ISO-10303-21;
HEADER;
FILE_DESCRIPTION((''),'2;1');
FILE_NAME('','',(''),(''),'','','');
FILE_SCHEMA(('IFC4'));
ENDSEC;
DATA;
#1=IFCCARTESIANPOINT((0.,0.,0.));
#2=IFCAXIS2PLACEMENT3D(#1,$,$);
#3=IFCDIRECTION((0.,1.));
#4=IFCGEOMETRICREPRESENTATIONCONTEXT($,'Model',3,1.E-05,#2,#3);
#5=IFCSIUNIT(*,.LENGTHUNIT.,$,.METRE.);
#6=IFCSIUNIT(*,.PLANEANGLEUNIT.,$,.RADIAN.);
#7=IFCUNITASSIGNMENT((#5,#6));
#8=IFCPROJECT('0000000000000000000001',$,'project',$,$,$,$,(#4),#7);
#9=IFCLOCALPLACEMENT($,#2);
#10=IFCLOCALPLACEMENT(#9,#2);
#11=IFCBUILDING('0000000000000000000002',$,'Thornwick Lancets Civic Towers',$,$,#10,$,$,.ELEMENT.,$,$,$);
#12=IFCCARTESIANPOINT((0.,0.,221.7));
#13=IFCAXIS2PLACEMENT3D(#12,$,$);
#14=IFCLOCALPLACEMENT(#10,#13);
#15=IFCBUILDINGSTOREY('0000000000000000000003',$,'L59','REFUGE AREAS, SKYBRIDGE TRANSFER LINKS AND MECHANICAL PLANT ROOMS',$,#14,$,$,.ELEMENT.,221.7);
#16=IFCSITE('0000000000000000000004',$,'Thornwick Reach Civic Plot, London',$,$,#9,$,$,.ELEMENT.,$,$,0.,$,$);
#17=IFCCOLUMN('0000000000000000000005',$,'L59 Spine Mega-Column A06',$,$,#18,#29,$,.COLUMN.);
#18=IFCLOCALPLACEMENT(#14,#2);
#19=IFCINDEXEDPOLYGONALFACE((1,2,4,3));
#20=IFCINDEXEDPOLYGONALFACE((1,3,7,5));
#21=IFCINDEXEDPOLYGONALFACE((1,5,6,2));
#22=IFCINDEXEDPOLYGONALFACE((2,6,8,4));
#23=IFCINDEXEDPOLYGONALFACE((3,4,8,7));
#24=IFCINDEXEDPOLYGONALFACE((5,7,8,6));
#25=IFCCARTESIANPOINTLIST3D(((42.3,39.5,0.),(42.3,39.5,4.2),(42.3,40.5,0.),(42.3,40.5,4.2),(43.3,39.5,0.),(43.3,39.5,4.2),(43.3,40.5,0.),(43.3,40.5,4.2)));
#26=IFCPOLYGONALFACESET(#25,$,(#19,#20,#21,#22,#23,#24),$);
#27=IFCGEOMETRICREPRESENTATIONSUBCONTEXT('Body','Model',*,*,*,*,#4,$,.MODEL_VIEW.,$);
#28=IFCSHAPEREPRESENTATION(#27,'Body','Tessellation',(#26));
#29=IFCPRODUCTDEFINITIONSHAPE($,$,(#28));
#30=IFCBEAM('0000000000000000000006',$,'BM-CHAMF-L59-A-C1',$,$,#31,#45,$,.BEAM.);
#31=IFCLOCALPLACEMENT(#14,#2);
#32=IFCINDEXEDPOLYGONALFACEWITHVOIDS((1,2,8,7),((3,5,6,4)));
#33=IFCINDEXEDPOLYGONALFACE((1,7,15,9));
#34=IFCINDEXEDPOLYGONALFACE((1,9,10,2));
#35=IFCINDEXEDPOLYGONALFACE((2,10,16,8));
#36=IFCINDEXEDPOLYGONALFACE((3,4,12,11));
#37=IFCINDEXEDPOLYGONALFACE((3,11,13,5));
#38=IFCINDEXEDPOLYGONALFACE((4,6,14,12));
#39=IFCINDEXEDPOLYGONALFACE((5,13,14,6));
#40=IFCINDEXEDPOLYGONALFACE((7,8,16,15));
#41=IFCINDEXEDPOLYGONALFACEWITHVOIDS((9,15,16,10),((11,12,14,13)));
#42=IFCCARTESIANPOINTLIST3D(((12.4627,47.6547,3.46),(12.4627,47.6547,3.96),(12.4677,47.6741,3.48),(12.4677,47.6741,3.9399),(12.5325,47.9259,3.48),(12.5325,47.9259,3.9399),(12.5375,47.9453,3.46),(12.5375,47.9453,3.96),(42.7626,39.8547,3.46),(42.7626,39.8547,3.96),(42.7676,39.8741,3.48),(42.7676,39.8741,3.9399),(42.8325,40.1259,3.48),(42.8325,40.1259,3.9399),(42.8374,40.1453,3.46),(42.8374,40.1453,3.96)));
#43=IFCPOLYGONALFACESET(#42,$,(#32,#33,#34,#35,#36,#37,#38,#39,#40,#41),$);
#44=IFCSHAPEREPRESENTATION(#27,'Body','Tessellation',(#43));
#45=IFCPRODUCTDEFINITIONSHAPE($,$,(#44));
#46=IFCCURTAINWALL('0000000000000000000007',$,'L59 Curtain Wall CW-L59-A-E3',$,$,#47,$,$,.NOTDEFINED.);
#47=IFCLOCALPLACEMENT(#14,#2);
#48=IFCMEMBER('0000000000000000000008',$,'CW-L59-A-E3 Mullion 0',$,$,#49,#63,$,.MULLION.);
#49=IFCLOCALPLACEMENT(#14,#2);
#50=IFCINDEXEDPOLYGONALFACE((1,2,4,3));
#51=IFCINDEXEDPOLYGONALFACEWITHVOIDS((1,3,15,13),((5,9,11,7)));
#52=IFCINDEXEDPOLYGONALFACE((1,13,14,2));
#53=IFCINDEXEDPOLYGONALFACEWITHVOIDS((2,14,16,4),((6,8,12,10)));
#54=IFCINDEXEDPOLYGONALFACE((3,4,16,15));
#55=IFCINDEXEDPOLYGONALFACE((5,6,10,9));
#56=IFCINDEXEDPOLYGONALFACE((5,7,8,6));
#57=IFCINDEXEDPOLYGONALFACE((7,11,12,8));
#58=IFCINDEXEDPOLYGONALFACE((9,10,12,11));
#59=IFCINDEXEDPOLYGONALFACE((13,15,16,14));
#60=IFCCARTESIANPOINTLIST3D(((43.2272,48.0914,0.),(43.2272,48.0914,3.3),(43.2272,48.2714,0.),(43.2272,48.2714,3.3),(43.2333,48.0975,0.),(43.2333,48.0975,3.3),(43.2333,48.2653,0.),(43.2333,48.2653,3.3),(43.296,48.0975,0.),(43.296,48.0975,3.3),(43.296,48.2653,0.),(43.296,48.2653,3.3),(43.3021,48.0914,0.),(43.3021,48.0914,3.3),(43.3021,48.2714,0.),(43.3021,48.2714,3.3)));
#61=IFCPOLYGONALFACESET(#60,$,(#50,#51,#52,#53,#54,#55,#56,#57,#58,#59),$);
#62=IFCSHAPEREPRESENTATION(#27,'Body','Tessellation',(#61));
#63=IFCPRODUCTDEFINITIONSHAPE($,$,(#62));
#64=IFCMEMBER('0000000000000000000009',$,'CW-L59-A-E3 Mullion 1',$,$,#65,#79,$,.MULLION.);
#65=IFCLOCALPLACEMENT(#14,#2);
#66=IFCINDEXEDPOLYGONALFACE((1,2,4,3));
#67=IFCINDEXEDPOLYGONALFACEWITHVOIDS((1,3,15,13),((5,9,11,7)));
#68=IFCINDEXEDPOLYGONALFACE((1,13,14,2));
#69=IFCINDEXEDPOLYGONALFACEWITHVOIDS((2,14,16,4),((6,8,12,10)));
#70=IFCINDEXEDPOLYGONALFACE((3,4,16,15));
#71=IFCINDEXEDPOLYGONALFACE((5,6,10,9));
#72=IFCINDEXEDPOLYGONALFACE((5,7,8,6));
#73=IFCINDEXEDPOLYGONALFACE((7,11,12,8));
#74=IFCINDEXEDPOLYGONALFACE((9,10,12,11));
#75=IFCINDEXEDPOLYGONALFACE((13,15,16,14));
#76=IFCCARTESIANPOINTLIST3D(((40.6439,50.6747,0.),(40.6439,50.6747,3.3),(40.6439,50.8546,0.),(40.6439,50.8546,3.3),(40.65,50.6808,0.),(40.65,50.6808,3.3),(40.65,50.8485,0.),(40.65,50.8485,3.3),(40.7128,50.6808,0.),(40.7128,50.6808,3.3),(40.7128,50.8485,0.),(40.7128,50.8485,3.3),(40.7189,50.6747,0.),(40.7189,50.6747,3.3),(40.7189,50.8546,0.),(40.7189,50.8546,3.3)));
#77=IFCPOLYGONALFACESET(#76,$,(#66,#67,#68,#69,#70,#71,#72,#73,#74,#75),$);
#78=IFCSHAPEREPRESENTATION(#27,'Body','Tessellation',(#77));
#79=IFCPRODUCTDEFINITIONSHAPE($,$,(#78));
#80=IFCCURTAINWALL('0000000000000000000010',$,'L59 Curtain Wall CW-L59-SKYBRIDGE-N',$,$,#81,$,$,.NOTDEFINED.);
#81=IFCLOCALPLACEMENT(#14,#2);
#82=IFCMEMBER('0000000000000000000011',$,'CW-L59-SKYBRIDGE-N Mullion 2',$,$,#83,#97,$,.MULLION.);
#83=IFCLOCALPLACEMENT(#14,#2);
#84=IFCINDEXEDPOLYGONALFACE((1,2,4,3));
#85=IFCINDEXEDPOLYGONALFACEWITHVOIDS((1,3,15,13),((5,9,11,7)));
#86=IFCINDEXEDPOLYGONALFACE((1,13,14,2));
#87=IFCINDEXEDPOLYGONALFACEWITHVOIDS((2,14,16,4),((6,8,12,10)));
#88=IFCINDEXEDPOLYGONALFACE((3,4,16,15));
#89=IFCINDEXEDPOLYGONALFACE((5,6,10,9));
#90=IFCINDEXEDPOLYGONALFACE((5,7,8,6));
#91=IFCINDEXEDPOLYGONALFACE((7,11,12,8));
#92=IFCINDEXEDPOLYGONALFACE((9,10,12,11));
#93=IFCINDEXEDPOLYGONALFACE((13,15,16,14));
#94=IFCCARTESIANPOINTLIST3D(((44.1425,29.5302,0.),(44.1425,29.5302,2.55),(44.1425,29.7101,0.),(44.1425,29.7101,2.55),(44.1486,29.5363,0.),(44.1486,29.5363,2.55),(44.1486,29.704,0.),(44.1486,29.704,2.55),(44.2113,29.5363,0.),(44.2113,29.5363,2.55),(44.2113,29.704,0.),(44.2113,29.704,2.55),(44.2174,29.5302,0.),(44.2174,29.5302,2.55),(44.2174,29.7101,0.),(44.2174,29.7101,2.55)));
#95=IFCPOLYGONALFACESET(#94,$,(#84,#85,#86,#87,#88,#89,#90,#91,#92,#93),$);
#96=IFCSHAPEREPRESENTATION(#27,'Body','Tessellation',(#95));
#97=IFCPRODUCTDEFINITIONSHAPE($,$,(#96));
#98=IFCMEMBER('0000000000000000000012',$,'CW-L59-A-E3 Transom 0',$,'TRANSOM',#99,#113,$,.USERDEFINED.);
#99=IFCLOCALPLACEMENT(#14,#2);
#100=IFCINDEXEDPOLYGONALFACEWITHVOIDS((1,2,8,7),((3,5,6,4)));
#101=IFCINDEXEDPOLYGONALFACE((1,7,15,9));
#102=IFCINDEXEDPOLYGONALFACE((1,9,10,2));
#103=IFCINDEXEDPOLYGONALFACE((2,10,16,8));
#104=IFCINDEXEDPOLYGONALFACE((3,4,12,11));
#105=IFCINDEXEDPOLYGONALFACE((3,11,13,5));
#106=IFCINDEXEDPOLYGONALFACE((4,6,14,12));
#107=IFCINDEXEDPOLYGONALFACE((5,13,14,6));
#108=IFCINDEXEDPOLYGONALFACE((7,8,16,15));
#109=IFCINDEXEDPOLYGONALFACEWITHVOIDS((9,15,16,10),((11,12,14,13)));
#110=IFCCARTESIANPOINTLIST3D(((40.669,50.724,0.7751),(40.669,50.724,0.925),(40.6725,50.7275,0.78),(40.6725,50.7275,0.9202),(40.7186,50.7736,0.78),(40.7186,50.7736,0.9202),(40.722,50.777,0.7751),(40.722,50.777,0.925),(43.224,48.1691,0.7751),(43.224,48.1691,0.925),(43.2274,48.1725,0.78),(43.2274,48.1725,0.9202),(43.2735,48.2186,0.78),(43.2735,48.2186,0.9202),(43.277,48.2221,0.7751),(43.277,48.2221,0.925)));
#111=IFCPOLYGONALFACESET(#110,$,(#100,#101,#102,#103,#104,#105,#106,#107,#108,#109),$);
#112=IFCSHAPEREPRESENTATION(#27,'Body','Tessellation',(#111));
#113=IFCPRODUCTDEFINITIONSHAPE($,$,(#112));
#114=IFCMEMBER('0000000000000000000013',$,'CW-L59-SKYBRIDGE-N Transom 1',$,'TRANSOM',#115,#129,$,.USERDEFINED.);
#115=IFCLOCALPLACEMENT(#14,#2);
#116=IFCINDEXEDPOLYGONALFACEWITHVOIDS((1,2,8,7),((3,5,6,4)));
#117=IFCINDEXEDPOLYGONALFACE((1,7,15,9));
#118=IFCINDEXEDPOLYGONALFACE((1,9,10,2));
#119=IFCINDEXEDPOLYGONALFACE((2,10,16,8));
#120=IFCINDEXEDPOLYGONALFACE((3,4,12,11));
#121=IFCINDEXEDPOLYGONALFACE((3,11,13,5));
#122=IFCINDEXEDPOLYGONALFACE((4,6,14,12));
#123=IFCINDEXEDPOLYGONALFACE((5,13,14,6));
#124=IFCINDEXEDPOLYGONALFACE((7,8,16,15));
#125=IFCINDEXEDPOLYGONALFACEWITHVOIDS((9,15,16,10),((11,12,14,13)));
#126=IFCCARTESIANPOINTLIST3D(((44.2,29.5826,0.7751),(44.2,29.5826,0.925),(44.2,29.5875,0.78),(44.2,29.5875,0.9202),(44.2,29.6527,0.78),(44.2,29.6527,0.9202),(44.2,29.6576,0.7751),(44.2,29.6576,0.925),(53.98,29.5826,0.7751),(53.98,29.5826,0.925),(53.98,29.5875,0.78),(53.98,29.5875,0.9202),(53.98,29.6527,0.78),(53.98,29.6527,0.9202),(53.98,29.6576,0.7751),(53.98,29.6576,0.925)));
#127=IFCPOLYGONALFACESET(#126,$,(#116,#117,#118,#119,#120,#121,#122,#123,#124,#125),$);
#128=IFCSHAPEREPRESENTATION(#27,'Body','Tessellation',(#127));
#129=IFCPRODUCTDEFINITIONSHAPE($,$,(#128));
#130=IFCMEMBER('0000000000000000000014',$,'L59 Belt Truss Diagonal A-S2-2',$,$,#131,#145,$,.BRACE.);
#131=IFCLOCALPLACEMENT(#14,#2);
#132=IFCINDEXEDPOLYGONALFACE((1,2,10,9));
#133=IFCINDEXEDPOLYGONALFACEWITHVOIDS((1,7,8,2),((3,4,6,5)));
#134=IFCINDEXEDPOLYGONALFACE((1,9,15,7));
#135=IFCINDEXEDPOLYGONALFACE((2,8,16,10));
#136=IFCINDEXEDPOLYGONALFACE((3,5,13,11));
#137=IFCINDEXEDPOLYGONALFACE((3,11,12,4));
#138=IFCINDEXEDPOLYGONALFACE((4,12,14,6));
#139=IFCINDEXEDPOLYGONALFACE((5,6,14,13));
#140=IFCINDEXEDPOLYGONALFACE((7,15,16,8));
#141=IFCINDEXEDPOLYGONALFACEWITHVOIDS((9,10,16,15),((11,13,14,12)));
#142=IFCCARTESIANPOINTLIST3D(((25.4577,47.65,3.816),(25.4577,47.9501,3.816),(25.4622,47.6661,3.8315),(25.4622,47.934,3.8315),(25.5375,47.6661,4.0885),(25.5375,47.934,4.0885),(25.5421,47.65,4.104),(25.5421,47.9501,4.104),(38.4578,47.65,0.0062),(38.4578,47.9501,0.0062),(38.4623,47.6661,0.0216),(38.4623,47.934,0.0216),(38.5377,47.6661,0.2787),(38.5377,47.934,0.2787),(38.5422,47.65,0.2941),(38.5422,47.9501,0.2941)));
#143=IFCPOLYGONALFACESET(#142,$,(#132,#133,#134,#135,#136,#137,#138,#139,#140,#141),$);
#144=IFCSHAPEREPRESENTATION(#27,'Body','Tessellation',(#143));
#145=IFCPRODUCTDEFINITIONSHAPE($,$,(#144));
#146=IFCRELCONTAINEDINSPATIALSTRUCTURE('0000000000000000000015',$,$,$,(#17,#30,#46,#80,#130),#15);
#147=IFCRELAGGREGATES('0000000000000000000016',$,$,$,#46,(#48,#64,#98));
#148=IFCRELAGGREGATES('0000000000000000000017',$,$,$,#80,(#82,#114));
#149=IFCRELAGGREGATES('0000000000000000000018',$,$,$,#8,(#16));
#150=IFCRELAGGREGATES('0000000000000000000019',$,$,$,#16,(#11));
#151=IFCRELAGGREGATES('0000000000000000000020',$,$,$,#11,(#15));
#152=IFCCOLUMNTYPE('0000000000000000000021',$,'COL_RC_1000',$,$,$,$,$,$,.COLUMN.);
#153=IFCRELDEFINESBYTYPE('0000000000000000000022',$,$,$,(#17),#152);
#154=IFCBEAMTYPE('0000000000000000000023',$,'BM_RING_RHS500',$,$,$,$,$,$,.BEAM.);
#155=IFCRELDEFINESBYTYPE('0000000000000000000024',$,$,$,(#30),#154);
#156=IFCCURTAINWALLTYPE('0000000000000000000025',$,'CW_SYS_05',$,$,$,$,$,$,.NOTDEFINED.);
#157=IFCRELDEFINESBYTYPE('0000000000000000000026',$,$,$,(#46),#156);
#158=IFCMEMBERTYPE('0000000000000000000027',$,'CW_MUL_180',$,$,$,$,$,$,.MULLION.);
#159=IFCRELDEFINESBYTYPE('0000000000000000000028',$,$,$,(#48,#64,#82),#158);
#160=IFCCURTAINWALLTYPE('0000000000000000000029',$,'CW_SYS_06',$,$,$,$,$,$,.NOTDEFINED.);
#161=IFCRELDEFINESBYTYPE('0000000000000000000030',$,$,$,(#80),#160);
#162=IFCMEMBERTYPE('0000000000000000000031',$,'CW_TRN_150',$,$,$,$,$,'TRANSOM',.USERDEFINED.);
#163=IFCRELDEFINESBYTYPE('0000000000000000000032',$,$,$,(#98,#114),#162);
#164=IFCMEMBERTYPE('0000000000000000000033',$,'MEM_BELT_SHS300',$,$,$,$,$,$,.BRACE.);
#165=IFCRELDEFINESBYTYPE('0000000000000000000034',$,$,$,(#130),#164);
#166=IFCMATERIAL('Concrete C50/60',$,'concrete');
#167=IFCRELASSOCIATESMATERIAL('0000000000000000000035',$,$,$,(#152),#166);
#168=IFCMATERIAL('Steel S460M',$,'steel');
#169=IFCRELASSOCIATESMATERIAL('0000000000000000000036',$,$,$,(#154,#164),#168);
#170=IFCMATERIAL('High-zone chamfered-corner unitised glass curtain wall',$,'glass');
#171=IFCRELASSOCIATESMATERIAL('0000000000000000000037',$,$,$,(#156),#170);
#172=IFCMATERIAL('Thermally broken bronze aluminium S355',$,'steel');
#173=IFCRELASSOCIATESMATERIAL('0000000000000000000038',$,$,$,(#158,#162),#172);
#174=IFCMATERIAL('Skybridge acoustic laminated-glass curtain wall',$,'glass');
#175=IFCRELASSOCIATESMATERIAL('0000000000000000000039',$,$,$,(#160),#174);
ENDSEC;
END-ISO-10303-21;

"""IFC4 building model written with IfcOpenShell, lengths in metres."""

from ifc_helpers import new_model, si_unit, direction, frame, origin, origin_2d, place, context, subcontext, project, spatial, rectangle, hollow_rectangle, extrude, material, material_profile, profile_set, type_object, element, aggregate, save


model = new_model("IFC4")

# Units and contexts
model_context = context("Model", 3, precision=1e-05, world=origin(), true_north=direction((0.0, 1.0)))
body_context = subcontext(model_context, "Body", "Model", "MODEL_VIEW")
ifc_project = project(units=[si_unit("LENGTHUNIT", "METRE"), si_unit("PLANEANGLEUNIT", "RADIAN")], contexts=[model_context])

# Site, building, storey
site_placement = place(None, origin())
site = spatial("IfcSite", under=ifc_project, at=site_placement, Name="Thornwick Reach Civic Plot, London", CompositionType="ELEMENT", RefElevation=0.0)
building_placement = place(site_placement, origin())
building = spatial("IfcBuilding", under=site, at=building_placement, Name="Thornwick Lancets Civic Towers", CompositionType="ELEMENT")
storey_placement = place(building_placement, frame((0.0, 0.0, 221.7)))
storey = spatial("IfcBuildingStorey", under=building, at=storey_placement, Name="L59", Description="REFUGE AREAS, SKYBRIDGE TRANSFER LINKS AND MECHANICAL PLANT ROOMS", CompositionType="ELEMENT", Elevation=221.7)

# Column
ifc_material_1 = material(Name="Concrete C50/60", Category="concrete")
ifc_material_profile_1 = material_profile(ifc_material_1, rectangle(XDim=1.0, YDim=1.0, at=origin_2d()), Name="RC 1000x1000")
ifc_profile_set_1 = profile_set([ifc_material_profile_1], Name="Concrete C50/60")
column_type = type_object("IfcColumnType", Name="COL_RC_1000", PredefinedType="COLUMN", material=ifc_profile_set_1)
column_placement = place(storey_placement, frame((42.8, 40.0, 0.0), z_axis=(0.0, 0.0, 1.0), x_axis=(1.0, 0.0, 0.0)))
element("IfcColumn", 1, at=column_placement, inside=storey, type_object=column_type, Name="L59 Spine Mega-Column A06", PredefinedType="COLUMN", context=body_context, shape_type="SweptSolid", body=[
    extrude(rectangle(XDim=1.0, YDim=1.0, at=origin_2d()), origin(), (0.0, 0.0, 1.0), 4.2),
])

# Beam
ifc_material_2 = material(Name="Steel S460M", Category="steel")
ifc_material_profile_2 = material_profile(ifc_material_2, hollow_rectangle(XDim=0.3, YDim=0.5, WallThickness=0.02, at=origin_2d()), Name="RHS 500x300x20")
ifc_profile_set_2 = profile_set([ifc_material_profile_2], Name="Steel S460M")
beam_type = type_object("IfcBeamType", Name="BM_RING_RHS500", PredefinedType="BEAM", material=ifc_profile_set_2)
beam_placement = place(storey_placement, frame((42.8, 40.0, 3.71), z_axis=(-0.968427, 0.249299, 0.0), x_axis=(-0.249299, -0.968427, 0.0)))
element("IfcBeam", 2, at=beam_placement, inside=storey, type_object=beam_type, Name="BM-CHAMF-L59-A-C1", PredefinedType="BEAM", context=body_context, shape_type="SweptSolid", body=[
    extrude(hollow_rectangle(XDim=0.3, YDim=0.5, WallThickness=0.02, at=origin_2d()), origin(), (0.0, 0.0, 1.0), 31.2878),
])

# Curtain wall, members
ifc_material_3 = material(Name="High-zone chamfered-corner unitised glass curtain wall", Category="glass")
curtain_wall_type_1 = type_object("IfcCurtainWallType", Name="CW_SYS_05", PredefinedType="NOTDEFINED", material=ifc_material_3)
curtain_wall_1_placement = place(storey_placement, origin())
curtain_wall_1 = element("IfcCurtainWall", 3, at=curtain_wall_1_placement, inside=storey, type_object=curtain_wall_type_1, Name="L59 Curtain Wall CW-L59-A-E3", PredefinedType="NOTDEFINED")
ifc_material_4 = material(Name="Thermally broken bronze aluminium S355", Category="steel")
ifc_material_profile_3 = material_profile(ifc_material_4, hollow_rectangle(XDim=0.075, YDim=0.1799, WallThickness=0.0061, at=origin_2d()), Name="RHS 180x75x6")
ifc_profile_set_3 = profile_set([ifc_material_profile_3], Name="Thermally broken bronze aluminium S355")
member_type_1 = type_object("IfcMemberType", Name="CW_MUL_180", PredefinedType="MULLION", material=ifc_profile_set_3)
member_1_placement = place(storey_placement, frame((43.2646, 48.1814, 0.0), z_axis=(0.0, 0.0, 1.0), x_axis=(1.0, 0.0, 0.0)))
member_1 = element("IfcMember", 4, at=member_1_placement, type_object=member_type_1, Name="CW-L59-A-E3 Mullion 0", PredefinedType="MULLION", context=body_context, shape_type="SweptSolid", body=[
    extrude(hollow_rectangle(XDim=0.075, YDim=0.1799, WallThickness=0.0061, at=origin_2d()), origin(), (0.0, 0.0, 1.0), 3.3),
])
member_2_placement = place(storey_placement, frame((40.6814, 50.7646, 0.0), z_axis=(0.0, 0.0, 1.0), x_axis=(1.0, 0.0, 0.0)))
member_2 = element("IfcMember", 5, at=member_2_placement, type_object=member_type_1, Name="CW-L59-A-E3 Mullion 1", PredefinedType="MULLION", context=body_context, shape_type="SweptSolid", body=[
    extrude(hollow_rectangle(XDim=0.075, YDim=0.1799, WallThickness=0.0061, at=origin_2d()), origin(), (0.0, 0.0, 1.0), 3.3),
])

# Curtain wall, member
ifc_material_5 = material(Name="Skybridge acoustic laminated-glass curtain wall", Category="glass")
curtain_wall_type_2 = type_object("IfcCurtainWallType", Name="CW_SYS_06", PredefinedType="NOTDEFINED", material=ifc_material_5)
curtain_wall_2_placement = place(storey_placement, origin())
curtain_wall_2 = element("IfcCurtainWall", 6, at=curtain_wall_2_placement, inside=storey, type_object=curtain_wall_type_2, Name="L59 Curtain Wall CW-L59-SKYBRIDGE-N", PredefinedType="NOTDEFINED")
member_3_placement = place(storey_placement, frame((44.1799, 29.6201, 0.0), z_axis=(0.0, 0.0, 1.0), x_axis=(1.0, 0.0, 0.0)))
member_3 = element("IfcMember", 7, at=member_3_placement, type_object=member_type_1, Name="CW-L59-SKYBRIDGE-N Mullion 2", PredefinedType="MULLION", context=body_context, shape_type="SweptSolid", body=[
    extrude(hollow_rectangle(XDim=0.075, YDim=0.1799, WallThickness=0.0061, at=origin_2d()), origin(), (0.0, 0.0, 1.0), 2.55),
])

# Members
ifc_material_profile_4 = material_profile(ifc_material_4, hollow_rectangle(XDim=0.075, YDim=0.1499, WallThickness=0.0049, at=origin_2d()), Name="RHS 150x75x5")
ifc_profile_set_4 = profile_set([ifc_material_profile_4], Name="Thermally broken bronze aluminium S355")
member_type_2 = type_object("IfcMemberType", Name="CW_TRN_150", ElementType="TRANSOM", PredefinedType="USERDEFINED", material=ifc_profile_set_4)
member_4_placement = place(storey_placement, frame((43.2505, 48.1956, 0.8501), z_axis=(-0.707107, 0.707107, 0.0), x_axis=(-0.707107, -0.707107, 0.0)))
member_4 = element("IfcMember", 8, at=member_4_placement, type_object=member_type_2, Name="CW-L59-A-E3 Transom 0", ObjectType="TRANSOM", PredefinedType="USERDEFINED", context=body_context, shape_type="SweptSolid", body=[
    extrude(hollow_rectangle(XDim=0.075, YDim=0.1499, WallThickness=0.0049, at=origin_2d()), origin(), (0.0, 0.0, 1.0), 3.6133),
])
member_5_placement = place(storey_placement, frame((53.98, 29.6201, 0.8501), z_axis=(-1.0, 0.0, 0.0), x_axis=(0.0, -1.0, 0.0)))
member_5 = element("IfcMember", 9, at=member_5_placement, type_object=member_type_2, Name="CW-L59-SKYBRIDGE-N Transom 1", ObjectType="TRANSOM", PredefinedType="USERDEFINED", context=body_context, shape_type="SweptSolid", body=[
    extrude(hollow_rectangle(XDim=0.075, YDim=0.1499, WallThickness=0.0049, at=origin_2d()), origin(), (0.0, 0.0, 1.0), 9.78),
])

# Member
ifc_material_profile_5 = material_profile(ifc_material_2, hollow_rectangle(XDim=0.3, YDim=0.3, WallThickness=0.0161, at=origin_2d()), Name="SHS 300x300x16")
ifc_profile_set_5 = profile_set([ifc_material_profile_5], Name="Steel S460M")
member_type_3 = type_object("IfcMemberType", Name="MEM_BELT_SHS300", PredefinedType="BRACE", material=ifc_profile_set_5)
member_6_placement = place(storey_placement, frame((38.5, 47.8, 0.1501), z_axis=(-0.959639, 0.0, 0.281234), x_axis=(0.0, -1.0, 0.0)))
element("IfcMember", 10, at=member_6_placement, inside=storey, type_object=member_type_3, Name="L59 Belt Truss Diagonal A-S2-2", PredefinedType="BRACE", context=body_context, shape_type="SweptSolid", body=[
    extrude(hollow_rectangle(XDim=0.3, YDim=0.3, WallThickness=0.0161, at=origin_2d()), origin(), (0.0, 0.0, 1.0), 13.5469),
])

aggregate(curtain_wall_1, [member_1, member_2, member_4])
aggregate(curtain_wall_2, [member_3, member_5])

save(model, "model.ifc")
